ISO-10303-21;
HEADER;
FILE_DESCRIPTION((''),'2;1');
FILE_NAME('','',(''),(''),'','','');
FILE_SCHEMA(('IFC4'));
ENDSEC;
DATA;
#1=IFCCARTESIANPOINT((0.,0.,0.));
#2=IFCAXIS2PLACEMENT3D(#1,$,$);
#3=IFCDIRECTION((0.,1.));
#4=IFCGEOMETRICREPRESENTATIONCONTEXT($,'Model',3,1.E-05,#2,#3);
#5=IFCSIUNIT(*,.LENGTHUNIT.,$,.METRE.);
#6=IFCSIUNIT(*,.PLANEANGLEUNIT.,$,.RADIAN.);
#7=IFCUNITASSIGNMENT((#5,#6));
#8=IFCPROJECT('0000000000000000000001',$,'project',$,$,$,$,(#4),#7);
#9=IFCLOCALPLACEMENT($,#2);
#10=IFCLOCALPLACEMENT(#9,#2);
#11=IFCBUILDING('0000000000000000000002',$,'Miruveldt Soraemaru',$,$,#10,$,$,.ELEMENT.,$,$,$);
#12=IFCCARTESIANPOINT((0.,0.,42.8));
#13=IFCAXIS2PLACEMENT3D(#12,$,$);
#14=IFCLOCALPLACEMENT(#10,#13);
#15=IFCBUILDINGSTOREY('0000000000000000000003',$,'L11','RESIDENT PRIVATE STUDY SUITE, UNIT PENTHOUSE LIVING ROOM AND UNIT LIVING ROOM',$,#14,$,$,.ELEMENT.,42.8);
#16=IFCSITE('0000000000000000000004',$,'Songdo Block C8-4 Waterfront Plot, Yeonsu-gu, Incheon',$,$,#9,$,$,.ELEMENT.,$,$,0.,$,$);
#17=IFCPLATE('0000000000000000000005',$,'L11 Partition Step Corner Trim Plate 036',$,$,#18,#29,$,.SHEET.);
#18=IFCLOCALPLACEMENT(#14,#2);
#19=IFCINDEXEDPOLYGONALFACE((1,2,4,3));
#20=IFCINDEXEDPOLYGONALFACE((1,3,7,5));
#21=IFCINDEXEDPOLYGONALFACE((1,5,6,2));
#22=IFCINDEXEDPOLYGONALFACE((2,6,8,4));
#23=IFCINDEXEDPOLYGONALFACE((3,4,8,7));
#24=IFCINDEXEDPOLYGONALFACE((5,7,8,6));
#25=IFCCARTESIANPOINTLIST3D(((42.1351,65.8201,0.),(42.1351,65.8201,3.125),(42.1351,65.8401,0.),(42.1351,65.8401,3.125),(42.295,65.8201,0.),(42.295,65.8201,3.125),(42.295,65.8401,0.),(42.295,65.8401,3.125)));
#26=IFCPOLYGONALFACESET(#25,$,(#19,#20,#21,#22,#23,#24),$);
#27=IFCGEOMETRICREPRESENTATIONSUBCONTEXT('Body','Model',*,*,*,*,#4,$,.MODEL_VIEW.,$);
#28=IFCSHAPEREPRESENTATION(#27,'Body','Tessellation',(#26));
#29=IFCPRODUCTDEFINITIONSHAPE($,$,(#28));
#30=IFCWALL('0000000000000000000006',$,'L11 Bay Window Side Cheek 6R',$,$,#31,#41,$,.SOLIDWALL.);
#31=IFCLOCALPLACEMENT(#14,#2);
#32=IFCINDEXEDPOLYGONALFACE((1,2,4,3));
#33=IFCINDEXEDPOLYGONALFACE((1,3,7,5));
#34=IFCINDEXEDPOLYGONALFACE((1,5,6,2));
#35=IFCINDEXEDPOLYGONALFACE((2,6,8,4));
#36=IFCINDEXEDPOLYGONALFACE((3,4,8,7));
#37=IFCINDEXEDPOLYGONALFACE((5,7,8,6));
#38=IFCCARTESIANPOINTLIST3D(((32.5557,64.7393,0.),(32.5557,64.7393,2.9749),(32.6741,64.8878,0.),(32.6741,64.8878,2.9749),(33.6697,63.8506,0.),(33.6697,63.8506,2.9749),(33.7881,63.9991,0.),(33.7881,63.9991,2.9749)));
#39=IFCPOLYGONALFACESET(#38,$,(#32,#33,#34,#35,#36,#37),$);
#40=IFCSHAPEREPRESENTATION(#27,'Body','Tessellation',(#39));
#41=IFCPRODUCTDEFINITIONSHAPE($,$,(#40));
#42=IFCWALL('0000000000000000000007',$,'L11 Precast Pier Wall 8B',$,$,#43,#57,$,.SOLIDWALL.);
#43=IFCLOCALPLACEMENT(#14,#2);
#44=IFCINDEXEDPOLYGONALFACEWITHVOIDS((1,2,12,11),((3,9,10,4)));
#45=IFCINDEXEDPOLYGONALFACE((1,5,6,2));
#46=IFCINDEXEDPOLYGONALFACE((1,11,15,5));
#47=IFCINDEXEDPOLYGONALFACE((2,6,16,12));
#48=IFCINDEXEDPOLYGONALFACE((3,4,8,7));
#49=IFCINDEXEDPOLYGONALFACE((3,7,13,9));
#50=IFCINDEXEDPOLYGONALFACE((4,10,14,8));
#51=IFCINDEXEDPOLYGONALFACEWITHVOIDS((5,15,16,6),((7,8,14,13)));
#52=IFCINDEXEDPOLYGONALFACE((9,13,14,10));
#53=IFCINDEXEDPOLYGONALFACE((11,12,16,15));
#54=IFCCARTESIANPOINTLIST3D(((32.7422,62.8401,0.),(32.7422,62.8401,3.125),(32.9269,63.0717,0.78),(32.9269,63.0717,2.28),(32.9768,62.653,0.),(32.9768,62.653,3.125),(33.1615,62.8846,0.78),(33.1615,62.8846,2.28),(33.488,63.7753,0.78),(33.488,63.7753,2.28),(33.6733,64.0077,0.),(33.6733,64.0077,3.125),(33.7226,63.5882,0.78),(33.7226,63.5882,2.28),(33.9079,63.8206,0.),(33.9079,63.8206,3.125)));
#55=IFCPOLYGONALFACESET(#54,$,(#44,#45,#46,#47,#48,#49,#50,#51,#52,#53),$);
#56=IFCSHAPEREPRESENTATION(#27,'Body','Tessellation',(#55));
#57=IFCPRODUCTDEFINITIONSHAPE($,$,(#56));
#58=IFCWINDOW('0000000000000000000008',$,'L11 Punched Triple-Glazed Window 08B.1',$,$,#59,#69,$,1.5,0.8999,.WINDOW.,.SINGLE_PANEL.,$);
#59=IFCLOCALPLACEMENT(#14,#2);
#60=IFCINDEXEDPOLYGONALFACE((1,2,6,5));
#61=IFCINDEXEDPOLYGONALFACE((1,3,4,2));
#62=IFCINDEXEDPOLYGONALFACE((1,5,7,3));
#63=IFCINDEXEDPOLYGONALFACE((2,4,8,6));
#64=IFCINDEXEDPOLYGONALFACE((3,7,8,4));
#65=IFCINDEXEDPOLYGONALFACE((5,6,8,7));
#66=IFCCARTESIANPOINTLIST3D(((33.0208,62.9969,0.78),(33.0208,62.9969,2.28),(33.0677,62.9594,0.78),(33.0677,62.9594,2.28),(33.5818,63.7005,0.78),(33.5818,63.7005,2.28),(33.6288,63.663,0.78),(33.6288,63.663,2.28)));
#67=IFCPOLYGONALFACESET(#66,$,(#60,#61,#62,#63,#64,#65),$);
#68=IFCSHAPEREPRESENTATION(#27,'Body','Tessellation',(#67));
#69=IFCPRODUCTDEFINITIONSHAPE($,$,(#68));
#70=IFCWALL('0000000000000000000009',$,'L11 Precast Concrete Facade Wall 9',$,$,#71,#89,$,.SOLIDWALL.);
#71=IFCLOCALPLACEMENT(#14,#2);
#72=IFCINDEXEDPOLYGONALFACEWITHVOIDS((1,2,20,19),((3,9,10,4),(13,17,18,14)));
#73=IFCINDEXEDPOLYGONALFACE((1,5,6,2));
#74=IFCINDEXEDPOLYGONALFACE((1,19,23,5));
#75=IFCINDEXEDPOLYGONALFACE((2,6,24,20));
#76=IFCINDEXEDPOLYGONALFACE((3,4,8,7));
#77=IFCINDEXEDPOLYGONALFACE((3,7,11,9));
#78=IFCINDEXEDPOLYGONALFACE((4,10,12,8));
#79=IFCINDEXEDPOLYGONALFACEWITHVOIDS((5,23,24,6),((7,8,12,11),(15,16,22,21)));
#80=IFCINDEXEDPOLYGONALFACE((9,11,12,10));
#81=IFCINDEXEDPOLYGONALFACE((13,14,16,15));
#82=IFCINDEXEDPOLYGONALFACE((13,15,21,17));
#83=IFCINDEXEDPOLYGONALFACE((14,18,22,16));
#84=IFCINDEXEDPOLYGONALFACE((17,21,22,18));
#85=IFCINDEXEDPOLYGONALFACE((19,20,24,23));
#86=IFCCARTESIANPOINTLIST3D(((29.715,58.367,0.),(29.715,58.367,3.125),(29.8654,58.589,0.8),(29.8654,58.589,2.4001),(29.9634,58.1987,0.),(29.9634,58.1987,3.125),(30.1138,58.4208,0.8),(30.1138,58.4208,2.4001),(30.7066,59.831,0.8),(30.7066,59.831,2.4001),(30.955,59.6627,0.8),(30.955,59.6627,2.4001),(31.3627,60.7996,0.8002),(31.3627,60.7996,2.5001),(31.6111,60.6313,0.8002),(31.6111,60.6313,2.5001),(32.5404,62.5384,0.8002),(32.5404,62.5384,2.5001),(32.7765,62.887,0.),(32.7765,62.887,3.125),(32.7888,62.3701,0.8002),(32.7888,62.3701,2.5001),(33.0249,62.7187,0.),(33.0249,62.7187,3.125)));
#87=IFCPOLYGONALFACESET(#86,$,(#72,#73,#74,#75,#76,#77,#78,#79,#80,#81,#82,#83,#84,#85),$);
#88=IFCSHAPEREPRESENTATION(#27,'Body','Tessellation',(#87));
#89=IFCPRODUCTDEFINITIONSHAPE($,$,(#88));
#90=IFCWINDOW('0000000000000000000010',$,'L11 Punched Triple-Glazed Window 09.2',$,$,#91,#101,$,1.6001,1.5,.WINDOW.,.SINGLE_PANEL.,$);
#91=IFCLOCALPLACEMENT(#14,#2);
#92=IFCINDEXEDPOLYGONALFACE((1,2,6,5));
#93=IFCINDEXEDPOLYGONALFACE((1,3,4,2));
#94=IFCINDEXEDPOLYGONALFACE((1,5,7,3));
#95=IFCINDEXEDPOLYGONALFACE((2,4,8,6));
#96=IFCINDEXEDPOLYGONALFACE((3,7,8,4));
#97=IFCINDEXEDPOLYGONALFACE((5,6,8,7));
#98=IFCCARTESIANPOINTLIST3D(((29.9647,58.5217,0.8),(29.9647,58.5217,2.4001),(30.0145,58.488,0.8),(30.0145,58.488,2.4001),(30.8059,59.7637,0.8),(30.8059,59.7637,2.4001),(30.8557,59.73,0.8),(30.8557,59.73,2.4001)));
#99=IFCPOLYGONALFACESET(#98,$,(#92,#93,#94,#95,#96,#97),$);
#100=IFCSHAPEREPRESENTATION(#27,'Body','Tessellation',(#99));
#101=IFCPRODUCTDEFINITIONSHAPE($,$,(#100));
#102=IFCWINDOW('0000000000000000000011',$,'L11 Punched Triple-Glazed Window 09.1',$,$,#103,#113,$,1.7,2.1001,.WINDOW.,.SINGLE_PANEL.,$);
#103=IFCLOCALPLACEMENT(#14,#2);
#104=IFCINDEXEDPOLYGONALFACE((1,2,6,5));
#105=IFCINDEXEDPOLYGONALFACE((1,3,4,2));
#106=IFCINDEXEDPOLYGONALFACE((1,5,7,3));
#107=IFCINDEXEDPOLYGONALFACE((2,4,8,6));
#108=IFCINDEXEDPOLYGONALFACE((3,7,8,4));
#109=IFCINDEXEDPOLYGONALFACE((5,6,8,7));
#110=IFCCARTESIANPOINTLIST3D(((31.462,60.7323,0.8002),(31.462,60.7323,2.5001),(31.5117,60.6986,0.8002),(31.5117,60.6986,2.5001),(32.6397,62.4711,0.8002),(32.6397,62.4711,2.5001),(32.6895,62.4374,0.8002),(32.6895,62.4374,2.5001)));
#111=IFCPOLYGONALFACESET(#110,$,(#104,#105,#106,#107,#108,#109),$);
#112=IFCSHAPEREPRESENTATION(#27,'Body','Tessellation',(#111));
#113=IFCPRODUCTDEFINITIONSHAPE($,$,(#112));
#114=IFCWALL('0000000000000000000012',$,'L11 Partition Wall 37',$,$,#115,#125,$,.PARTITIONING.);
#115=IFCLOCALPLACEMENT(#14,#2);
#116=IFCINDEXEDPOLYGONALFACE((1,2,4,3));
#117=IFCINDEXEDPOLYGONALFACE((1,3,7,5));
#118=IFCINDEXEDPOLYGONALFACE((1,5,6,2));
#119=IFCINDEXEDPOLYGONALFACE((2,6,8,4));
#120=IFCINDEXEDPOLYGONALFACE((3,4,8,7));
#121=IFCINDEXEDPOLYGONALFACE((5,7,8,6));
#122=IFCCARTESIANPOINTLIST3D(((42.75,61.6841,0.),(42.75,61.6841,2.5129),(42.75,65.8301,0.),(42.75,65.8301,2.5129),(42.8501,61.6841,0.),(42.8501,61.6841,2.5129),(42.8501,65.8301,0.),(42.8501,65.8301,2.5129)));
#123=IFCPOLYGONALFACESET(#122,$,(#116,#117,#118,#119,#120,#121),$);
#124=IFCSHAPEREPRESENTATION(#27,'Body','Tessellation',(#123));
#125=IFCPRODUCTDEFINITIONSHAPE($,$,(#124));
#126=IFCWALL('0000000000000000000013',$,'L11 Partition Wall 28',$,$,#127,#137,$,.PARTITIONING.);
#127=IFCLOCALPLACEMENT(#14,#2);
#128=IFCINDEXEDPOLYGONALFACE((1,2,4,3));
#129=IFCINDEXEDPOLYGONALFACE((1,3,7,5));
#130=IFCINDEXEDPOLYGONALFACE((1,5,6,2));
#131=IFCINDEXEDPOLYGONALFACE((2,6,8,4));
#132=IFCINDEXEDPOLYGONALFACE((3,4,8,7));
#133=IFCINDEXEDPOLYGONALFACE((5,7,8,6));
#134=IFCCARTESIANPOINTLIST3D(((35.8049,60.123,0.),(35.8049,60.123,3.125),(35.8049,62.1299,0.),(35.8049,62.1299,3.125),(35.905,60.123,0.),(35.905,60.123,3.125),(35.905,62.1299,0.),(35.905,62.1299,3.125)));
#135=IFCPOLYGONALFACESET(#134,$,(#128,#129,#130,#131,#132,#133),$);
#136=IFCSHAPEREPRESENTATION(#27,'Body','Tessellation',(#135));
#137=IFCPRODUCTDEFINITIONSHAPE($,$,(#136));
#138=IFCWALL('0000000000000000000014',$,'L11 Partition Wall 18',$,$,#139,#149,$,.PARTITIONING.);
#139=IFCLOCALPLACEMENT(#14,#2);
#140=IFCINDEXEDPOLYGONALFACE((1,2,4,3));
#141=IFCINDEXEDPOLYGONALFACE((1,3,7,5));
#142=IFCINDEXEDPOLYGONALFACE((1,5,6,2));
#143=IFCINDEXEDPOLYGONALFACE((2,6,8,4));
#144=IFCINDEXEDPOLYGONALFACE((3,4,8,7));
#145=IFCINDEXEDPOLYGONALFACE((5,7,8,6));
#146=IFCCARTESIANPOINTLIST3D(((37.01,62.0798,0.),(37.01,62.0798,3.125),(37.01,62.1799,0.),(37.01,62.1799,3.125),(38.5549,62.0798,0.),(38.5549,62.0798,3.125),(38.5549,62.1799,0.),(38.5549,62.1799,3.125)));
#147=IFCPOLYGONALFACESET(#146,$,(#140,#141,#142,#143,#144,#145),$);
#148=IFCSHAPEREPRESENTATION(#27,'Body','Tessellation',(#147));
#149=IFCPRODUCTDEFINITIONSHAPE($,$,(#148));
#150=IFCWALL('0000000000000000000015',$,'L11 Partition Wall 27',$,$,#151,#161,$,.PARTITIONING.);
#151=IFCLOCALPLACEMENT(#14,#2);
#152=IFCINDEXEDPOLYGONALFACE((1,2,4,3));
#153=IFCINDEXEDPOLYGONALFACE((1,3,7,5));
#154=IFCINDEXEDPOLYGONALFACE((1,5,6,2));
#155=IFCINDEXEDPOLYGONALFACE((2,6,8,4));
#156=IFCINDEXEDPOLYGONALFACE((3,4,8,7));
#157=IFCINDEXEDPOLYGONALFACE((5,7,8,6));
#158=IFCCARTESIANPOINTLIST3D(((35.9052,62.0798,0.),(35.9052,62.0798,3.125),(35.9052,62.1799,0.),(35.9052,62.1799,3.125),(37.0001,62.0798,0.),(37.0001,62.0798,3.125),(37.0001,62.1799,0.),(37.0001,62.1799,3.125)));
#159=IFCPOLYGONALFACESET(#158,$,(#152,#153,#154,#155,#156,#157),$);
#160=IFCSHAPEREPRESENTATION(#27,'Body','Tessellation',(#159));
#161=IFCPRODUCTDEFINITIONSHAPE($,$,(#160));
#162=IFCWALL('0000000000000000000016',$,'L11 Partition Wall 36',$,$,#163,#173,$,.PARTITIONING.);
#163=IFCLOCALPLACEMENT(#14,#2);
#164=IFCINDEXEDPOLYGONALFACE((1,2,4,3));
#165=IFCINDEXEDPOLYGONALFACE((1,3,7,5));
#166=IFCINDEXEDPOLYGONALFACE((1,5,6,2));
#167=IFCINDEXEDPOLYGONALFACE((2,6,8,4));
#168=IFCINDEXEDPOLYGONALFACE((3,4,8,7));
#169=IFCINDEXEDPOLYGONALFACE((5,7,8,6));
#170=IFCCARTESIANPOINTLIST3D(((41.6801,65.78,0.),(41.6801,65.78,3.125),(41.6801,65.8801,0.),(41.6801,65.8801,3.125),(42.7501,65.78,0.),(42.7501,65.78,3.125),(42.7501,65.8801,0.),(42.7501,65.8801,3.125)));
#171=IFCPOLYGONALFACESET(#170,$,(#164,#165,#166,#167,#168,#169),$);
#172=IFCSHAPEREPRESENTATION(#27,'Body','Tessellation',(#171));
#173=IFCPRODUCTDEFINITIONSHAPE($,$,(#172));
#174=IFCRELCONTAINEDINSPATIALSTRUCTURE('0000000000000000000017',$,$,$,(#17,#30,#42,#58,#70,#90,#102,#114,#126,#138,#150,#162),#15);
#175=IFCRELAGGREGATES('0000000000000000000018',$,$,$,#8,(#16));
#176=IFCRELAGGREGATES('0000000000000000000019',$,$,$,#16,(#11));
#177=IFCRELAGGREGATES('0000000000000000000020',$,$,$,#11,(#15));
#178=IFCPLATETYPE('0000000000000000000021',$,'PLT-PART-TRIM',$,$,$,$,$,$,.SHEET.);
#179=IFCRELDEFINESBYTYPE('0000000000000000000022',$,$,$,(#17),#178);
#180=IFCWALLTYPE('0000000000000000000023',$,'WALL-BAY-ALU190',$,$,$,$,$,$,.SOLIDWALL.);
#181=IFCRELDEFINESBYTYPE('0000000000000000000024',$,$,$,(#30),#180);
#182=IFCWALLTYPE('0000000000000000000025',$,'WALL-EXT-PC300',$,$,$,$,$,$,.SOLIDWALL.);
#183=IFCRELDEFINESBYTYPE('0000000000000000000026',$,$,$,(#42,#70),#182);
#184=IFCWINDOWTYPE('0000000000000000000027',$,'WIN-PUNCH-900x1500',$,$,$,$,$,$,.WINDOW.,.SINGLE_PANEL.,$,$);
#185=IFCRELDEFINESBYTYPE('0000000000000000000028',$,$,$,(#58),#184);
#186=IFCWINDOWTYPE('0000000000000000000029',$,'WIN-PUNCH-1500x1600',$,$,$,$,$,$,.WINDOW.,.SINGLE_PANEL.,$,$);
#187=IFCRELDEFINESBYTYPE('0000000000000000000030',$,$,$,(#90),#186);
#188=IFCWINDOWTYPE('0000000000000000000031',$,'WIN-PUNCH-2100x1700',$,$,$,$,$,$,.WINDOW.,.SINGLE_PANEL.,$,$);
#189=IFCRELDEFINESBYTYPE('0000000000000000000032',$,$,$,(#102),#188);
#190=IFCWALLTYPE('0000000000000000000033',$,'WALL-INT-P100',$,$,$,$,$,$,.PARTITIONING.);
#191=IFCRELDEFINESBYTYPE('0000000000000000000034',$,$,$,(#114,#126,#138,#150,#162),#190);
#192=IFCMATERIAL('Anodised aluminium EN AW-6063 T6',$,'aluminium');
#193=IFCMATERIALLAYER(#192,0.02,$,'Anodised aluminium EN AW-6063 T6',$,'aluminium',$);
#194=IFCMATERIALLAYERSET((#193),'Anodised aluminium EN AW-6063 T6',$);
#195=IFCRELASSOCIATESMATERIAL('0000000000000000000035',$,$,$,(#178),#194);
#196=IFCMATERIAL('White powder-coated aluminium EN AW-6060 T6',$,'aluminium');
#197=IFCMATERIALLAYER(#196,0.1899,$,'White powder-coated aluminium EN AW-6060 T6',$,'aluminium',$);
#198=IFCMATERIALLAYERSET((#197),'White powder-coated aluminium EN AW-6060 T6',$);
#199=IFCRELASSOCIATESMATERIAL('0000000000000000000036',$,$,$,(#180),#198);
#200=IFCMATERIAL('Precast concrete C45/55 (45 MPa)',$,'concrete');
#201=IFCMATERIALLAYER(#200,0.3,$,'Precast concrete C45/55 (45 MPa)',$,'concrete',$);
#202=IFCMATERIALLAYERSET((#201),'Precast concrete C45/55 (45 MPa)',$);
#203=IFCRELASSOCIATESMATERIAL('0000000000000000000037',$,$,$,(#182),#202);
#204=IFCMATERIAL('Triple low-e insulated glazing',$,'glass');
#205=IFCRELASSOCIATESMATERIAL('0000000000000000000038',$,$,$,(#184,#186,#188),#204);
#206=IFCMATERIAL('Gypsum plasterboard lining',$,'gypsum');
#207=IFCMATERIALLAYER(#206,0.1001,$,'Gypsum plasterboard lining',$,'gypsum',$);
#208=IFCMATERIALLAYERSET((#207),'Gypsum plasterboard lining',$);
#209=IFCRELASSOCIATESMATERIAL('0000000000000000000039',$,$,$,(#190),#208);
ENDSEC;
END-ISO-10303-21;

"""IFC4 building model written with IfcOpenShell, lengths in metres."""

from ifc_helpers import new_model, si_unit, direction, frame, frame_2d, origin, origin_2d, place, context, subcontext, project, spatial, rectangle, extrude, material, layer, layer_set, type_object, element, fill, save


model = new_model("IFC4")

# Units and contexts
model_context = context("Model", 3, precision=1e-05, world=origin(), true_north=direction((0.0, 1.0)))
body_context = subcontext(model_context, "Body", "Model", "MODEL_VIEW")
ifc_project = project(units=[si_unit("LENGTHUNIT", "METRE"), si_unit("PLANEANGLEUNIT", "RADIAN")], contexts=[model_context])

# Site, building, storey
site_placement = place(None, origin())
site = spatial("IfcSite", under=ifc_project, at=site_placement, Name="Songdo Block C8-4 Waterfront Plot, Yeonsu-gu, Incheon", CompositionType="ELEMENT", RefElevation=0.0)
building_placement = place(site_placement, origin())
building = spatial("IfcBuilding", under=site, at=building_placement, Name="Miruveldt Soraemaru", CompositionType="ELEMENT")
storey_placement = place(building_placement, frame((0.0, 0.0, 42.8)))
storey = spatial("IfcBuildingStorey", under=building, at=storey_placement, Name="L11", Description="RESIDENT PRIVATE STUDY SUITE, UNIT PENTHOUSE LIVING ROOM AND UNIT LIVING ROOM", CompositionType="ELEMENT", Elevation=42.8)

# Plate
ifc_material_1 = material(Name="Anodised aluminium EN AW-6063 T6", Category="aluminium")
ifc_layer_1 = layer(ifc_material_1, 0.02, Name="Anodised aluminium EN AW-6063 T6", Category="aluminium")
ifc_layer_set_1 = layer_set([ifc_layer_1], Name="Anodised aluminium EN AW-6063 T6")
plate_type = type_object("IfcPlateType", Name="PLT-PART-TRIM", PredefinedType="SHEET", material=ifc_layer_set_1)
plate_placement = place(storey_placement, frame((42.2151, 65.8301, 0.0), z_axis=(0.0, 0.0, 1.0), x_axis=(1.0, 0.0, 0.0)))
element("IfcPlate", 1, at=plate_placement, inside=storey, type_object=plate_type, Name="L11 Partition Step Corner Trim Plate 036", PredefinedType="SHEET", context=body_context, shape_type="SweptSolid", body=[
    extrude(rectangle(XDim=0.1599, YDim=0.02, at=origin_2d()), origin(), (0.0, 0.0, 1.0), 3.125),
])

# Wall
ifc_material_2 = material(Name="White powder-coated aluminium EN AW-6060 T6", Category="aluminium")
ifc_layer_2 = layer(ifc_material_2, 0.1899, Name="White powder-coated aluminium EN AW-6060 T6", Category="aluminium")
ifc_layer_set_2 = layer_set([ifc_layer_2], Name="White powder-coated aluminium EN AW-6060 T6")
wall_type_1 = type_object("IfcWallType", Name="WALL-BAY-ALU190", PredefinedType="SOLIDWALL", material=ifc_layer_set_2)
wall_1_placement = place(storey_placement, frame((32.615, 64.8135, 0.0), z_axis=(0.0, 0.0, 1.0), x_axis=(0.781737, -0.623608, 0.0)))
element("IfcWall", 2, at=wall_1_placement, inside=storey, type_object=wall_type_1, Name="L11 Bay Window Side Cheek 6R", PredefinedType="SOLIDWALL", context=body_context, shape_type="SweptSolid", body=[
    extrude(rectangle(XDim=1.425, YDim=0.1899, at=frame_2d((0.7124, 0.0))), origin(), (0.0, 0.0, 1.0), 2.9749),
])

# Wall, opening, window
ifc_material_3 = material(Name="Precast concrete C45/55 (45 MPa)", Category="concrete")
ifc_layer_3 = layer(ifc_material_3, 0.3, Name="Precast concrete C45/55 (45 MPa)", Category="concrete")
ifc_layer_set_3 = layer_set([ifc_layer_3], Name="Precast concrete C45/55 (45 MPa)")
wall_type_2 = type_object("IfcWallType", Name="WALL-EXT-PC300", PredefinedType="SOLIDWALL", material=ifc_layer_set_3)
wall_2_placement = place(storey_placement, frame((33.7905, 63.9141, 0.0), z_axis=(0.0, 0.0, 1.0), x_axis=(-0.623458, -0.781857, 0.0)))
wall_2 = element("IfcWall", 3, at=wall_2_placement, inside=storey, type_object=wall_type_2, Name="L11 Precast Pier Wall 8B", PredefinedType="SOLIDWALL", context=body_context, shape_type="SweptSolid", body=[
    extrude(rectangle(XDim=1.4934, YDim=0.3, at=frame_2d((0.7466, 0.0))), origin(), (0.0, 0.0, 1.0), 3.125),
])
opening_1_placement = place(wall_2_placement, frame((0.2971, 0.0, 0.78)))
opening_1 = element("IfcOpeningElement", 4, at=opening_1_placement, cuts=wall_2, PredefinedType="OPENING", context=body_context, shape_type="SweptSolid", body=[
    extrude(rectangle(XDim=0.8999, YDim=1.5, at=frame_2d((0.45, 0.75))), frame((0.0, 0.1602, 0.0), z_axis=(0.0, -1.0, 0.0), x_axis=(1.0, 0.0, 0.0)), (0.0, 0.0, 1.0), 0.3201),
])
ifc_material_4 = material(Name="Triple low-e insulated glazing", Category="glass")
window_type_1 = type_object("IfcWindowType", Name="WIN-PUNCH-900x1500", PartitioningType="SINGLE_PANEL", PredefinedType="WINDOW", material=ifc_material_4)
window_1_placement = place(opening_1_placement, origin())
window_1 = element("IfcWindow", 5, at=window_1_placement, inside=storey, type_object=window_type_1, Name="L11 Punched Triple-Glazed Window 08B.1", OverallHeight=1.5, OverallWidth=0.8999, PartitioningType="SINGLE_PANEL", PredefinedType="WINDOW", context=body_context, shape_type="SweptSolid", body=[
    extrude(rectangle(XDim=0.8999, YDim=1.5, at=frame_2d((0.45, 0.75))), frame((0.0, 0.03, 0.0), z_axis=(0.0, -1.0, 0.0), x_axis=(1.0, 0.0, 0.0)), (0.0, 0.0, 1.0), 0.0601),
])
fill(opening_1, window_1)

# Wall, openings, windows
wall_3_placement = place(storey_placement, frame((32.9006, 62.8027, 0.0), z_axis=(0.0, 0.0, 1.0), x_axis=(-0.560795, -0.827955, 0.0)))
wall_3 = element("IfcWall", 6, at=wall_3_placement, inside=storey, type_object=wall_type_2, Name="L11 Precast Concrete Facade Wall 9", PredefinedType="SOLIDWALL", context=body_context, shape_type="SweptSolid", body=[
    extrude(rectangle(XDim=5.4592, YDim=0.3, at=frame_2d((2.7295, 0.0))), origin(), (0.0, 0.0, 1.0), 3.125),
])
opening_2_placement = place(wall_3_placement, frame((0.4209, 0.0, 0.8)))
opening_2 = element("IfcOpeningElement", 7, at=opening_2_placement, cuts=wall_3, PredefinedType="OPENING", context=body_context, shape_type="SweptSolid", body=[
    extrude(rectangle(XDim=2.1001, YDim=1.7, at=frame_2d((1.05, 0.8501))), frame((0.0, 0.1602, 0.0), z_axis=(0.0, -1.0, 0.0), x_axis=(1.0, 0.0, 0.0)), (0.0, 0.0, 1.0), 0.3201),
])
opening_3_placement = place(wall_3_placement, frame((3.6909, 0.0, 0.8)))
opening_3 = element("IfcOpeningElement", 8, at=opening_3_placement, cuts=wall_3, PredefinedType="OPENING", context=body_context, shape_type="SweptSolid", body=[
    extrude(rectangle(XDim=1.5, YDim=1.6001, at=frame_2d((0.75, 0.8))), frame((0.0, 0.1602, 0.0), z_axis=(0.0, -1.0, 0.0), x_axis=(1.0, 0.0, 0.0)), (0.0, 0.0, 1.0), 0.3201),
])
window_type_2 = type_object("IfcWindowType", Name="WIN-PUNCH-1500x1600", PartitioningType="SINGLE_PANEL", PredefinedType="WINDOW", material=ifc_material_4)
window_2_placement = place(opening_3_placement, origin())
window_2 = element("IfcWindow", 9, at=window_2_placement, inside=storey, type_object=window_type_2, Name="L11 Punched Triple-Glazed Window 09.2", OverallHeight=1.6001, OverallWidth=1.5, PartitioningType="SINGLE_PANEL", PredefinedType="WINDOW", context=body_context, shape_type="SweptSolid", body=[
    extrude(rectangle(XDim=1.5, YDim=1.6001, at=frame_2d((0.75, 0.8))), frame((0.0, 0.03, 0.0), z_axis=(0.0, -1.0, 0.0), x_axis=(1.0, 0.0, 0.0)), (0.0, 0.0, 1.0), 0.0601),
])
fill(opening_3, window_2)
window_type_3 = type_object("IfcWindowType", Name="WIN-PUNCH-2100x1700", PartitioningType="SINGLE_PANEL", PredefinedType="WINDOW", material=ifc_material_4)
window_3_placement = place(opening_2_placement, origin())
window_3 = element("IfcWindow", 10, at=window_3_placement, inside=storey, type_object=window_type_3, Name="L11 Punched Triple-Glazed Window 09.1", OverallHeight=1.7, OverallWidth=2.1001, PartitioningType="SINGLE_PANEL", PredefinedType="WINDOW", context=body_context, shape_type="SweptSolid", body=[
    extrude(rectangle(XDim=2.1001, YDim=1.7, at=frame_2d((1.05, 0.8501))), frame((0.0, 0.03, 0.0), z_axis=(0.0, -1.0, 0.0), x_axis=(1.0, 0.0, 0.0)), (0.0, 0.0, 1.0), 0.0601),
])
fill(opening_2, window_3)

# Walls
ifc_material_5 = material(Name="Gypsum plasterboard lining", Category="gypsum")
ifc_layer_4 = layer(ifc_material_5, 0.1001, Name="Gypsum plasterboard lining", Category="gypsum")
ifc_layer_set_4 = layer_set([ifc_layer_4], Name="Gypsum plasterboard lining")
wall_type_3 = type_object("IfcWallType", Name="WALL-INT-P100", PredefinedType="PARTITIONING", material=ifc_layer_set_4)
wall_4_placement = place(storey_placement, frame((42.8, 65.8301, 0.0), z_axis=(0.0, 0.0, 1.0), x_axis=(0.0, -1.0, 0.0)))
element("IfcWall", 11, at=wall_4_placement, inside=storey, type_object=wall_type_3, Name="L11 Partition Wall 37", PredefinedType="PARTITIONING", context=body_context, shape_type="SweptSolid", body=[
    extrude(rectangle(XDim=4.146, YDim=0.1001, at=frame_2d((2.073, 0.0))), origin(), (0.0, 0.0, 1.0), 2.5129),
])
wall_5_placement = place(storey_placement, frame((35.855, 62.1299, 0.0), z_axis=(0.0, 0.0, 1.0), x_axis=(0.0, -1.0, 0.0)))
element("IfcWall", 12, at=wall_5_placement, inside=storey, type_object=wall_type_3, Name="L11 Partition Wall 28", PredefinedType="PARTITIONING", context=body_context, shape_type="SweptSolid", body=[
    extrude(rectangle(XDim=2.0068, YDim=0.1001, at=frame_2d((1.0034, 0.0))), origin(), (0.0, 0.0, 1.0), 3.125),
])
wall_6_placement = place(storey_placement, frame((38.5549, 62.1299, 0.0), z_axis=(0.0, 0.0, 1.0), x_axis=(-1.0, 0.0, 0.0)))
element("IfcWall", 13, at=wall_6_placement, inside=storey, type_object=wall_type_3, Name="L11 Partition Wall 18", PredefinedType="PARTITIONING", context=body_context, shape_type="SweptSolid", body=[
    extrude(rectangle(XDim=1.5449, YDim=0.1001, at=frame_2d((0.7725, 0.0))), origin(), (0.0, 0.0, 1.0), 3.125),
])
wall_7_placement = place(storey_placement, frame((37.0, 62.1299, 0.0), z_axis=(0.0, 0.0, 1.0), x_axis=(-1.0, 0.0, 0.0)))
element("IfcWall", 14, at=wall_7_placement, inside=storey, type_object=wall_type_3, Name="L11 Partition Wall 27", PredefinedType="PARTITIONING", context=body_context, shape_type="SweptSolid", body=[
    extrude(rectangle(XDim=1.095, YDim=0.1001, at=frame_2d((0.5474, 0.0))), origin(), (0.0, 0.0, 1.0), 3.125),
])
wall_8_placement = place(storey_placement, frame((41.6799, 65.8301, 0.0), z_axis=(0.0, 0.0, 1.0), x_axis=(1.0, 0.0, 0.0)))
element("IfcWall", 15, at=wall_8_placement, inside=storey, type_object=wall_type_3, Name="L11 Partition Wall 36", PredefinedType="PARTITIONING", context=body_context, shape_type="SweptSolid", body=[
    extrude(rectangle(XDim=1.0701, YDim=0.1001, at=frame_2d((0.5352, 0.0))), origin(), (0.0, 0.0, 1.0), 3.125),
])

save(model, "model.ifc")
